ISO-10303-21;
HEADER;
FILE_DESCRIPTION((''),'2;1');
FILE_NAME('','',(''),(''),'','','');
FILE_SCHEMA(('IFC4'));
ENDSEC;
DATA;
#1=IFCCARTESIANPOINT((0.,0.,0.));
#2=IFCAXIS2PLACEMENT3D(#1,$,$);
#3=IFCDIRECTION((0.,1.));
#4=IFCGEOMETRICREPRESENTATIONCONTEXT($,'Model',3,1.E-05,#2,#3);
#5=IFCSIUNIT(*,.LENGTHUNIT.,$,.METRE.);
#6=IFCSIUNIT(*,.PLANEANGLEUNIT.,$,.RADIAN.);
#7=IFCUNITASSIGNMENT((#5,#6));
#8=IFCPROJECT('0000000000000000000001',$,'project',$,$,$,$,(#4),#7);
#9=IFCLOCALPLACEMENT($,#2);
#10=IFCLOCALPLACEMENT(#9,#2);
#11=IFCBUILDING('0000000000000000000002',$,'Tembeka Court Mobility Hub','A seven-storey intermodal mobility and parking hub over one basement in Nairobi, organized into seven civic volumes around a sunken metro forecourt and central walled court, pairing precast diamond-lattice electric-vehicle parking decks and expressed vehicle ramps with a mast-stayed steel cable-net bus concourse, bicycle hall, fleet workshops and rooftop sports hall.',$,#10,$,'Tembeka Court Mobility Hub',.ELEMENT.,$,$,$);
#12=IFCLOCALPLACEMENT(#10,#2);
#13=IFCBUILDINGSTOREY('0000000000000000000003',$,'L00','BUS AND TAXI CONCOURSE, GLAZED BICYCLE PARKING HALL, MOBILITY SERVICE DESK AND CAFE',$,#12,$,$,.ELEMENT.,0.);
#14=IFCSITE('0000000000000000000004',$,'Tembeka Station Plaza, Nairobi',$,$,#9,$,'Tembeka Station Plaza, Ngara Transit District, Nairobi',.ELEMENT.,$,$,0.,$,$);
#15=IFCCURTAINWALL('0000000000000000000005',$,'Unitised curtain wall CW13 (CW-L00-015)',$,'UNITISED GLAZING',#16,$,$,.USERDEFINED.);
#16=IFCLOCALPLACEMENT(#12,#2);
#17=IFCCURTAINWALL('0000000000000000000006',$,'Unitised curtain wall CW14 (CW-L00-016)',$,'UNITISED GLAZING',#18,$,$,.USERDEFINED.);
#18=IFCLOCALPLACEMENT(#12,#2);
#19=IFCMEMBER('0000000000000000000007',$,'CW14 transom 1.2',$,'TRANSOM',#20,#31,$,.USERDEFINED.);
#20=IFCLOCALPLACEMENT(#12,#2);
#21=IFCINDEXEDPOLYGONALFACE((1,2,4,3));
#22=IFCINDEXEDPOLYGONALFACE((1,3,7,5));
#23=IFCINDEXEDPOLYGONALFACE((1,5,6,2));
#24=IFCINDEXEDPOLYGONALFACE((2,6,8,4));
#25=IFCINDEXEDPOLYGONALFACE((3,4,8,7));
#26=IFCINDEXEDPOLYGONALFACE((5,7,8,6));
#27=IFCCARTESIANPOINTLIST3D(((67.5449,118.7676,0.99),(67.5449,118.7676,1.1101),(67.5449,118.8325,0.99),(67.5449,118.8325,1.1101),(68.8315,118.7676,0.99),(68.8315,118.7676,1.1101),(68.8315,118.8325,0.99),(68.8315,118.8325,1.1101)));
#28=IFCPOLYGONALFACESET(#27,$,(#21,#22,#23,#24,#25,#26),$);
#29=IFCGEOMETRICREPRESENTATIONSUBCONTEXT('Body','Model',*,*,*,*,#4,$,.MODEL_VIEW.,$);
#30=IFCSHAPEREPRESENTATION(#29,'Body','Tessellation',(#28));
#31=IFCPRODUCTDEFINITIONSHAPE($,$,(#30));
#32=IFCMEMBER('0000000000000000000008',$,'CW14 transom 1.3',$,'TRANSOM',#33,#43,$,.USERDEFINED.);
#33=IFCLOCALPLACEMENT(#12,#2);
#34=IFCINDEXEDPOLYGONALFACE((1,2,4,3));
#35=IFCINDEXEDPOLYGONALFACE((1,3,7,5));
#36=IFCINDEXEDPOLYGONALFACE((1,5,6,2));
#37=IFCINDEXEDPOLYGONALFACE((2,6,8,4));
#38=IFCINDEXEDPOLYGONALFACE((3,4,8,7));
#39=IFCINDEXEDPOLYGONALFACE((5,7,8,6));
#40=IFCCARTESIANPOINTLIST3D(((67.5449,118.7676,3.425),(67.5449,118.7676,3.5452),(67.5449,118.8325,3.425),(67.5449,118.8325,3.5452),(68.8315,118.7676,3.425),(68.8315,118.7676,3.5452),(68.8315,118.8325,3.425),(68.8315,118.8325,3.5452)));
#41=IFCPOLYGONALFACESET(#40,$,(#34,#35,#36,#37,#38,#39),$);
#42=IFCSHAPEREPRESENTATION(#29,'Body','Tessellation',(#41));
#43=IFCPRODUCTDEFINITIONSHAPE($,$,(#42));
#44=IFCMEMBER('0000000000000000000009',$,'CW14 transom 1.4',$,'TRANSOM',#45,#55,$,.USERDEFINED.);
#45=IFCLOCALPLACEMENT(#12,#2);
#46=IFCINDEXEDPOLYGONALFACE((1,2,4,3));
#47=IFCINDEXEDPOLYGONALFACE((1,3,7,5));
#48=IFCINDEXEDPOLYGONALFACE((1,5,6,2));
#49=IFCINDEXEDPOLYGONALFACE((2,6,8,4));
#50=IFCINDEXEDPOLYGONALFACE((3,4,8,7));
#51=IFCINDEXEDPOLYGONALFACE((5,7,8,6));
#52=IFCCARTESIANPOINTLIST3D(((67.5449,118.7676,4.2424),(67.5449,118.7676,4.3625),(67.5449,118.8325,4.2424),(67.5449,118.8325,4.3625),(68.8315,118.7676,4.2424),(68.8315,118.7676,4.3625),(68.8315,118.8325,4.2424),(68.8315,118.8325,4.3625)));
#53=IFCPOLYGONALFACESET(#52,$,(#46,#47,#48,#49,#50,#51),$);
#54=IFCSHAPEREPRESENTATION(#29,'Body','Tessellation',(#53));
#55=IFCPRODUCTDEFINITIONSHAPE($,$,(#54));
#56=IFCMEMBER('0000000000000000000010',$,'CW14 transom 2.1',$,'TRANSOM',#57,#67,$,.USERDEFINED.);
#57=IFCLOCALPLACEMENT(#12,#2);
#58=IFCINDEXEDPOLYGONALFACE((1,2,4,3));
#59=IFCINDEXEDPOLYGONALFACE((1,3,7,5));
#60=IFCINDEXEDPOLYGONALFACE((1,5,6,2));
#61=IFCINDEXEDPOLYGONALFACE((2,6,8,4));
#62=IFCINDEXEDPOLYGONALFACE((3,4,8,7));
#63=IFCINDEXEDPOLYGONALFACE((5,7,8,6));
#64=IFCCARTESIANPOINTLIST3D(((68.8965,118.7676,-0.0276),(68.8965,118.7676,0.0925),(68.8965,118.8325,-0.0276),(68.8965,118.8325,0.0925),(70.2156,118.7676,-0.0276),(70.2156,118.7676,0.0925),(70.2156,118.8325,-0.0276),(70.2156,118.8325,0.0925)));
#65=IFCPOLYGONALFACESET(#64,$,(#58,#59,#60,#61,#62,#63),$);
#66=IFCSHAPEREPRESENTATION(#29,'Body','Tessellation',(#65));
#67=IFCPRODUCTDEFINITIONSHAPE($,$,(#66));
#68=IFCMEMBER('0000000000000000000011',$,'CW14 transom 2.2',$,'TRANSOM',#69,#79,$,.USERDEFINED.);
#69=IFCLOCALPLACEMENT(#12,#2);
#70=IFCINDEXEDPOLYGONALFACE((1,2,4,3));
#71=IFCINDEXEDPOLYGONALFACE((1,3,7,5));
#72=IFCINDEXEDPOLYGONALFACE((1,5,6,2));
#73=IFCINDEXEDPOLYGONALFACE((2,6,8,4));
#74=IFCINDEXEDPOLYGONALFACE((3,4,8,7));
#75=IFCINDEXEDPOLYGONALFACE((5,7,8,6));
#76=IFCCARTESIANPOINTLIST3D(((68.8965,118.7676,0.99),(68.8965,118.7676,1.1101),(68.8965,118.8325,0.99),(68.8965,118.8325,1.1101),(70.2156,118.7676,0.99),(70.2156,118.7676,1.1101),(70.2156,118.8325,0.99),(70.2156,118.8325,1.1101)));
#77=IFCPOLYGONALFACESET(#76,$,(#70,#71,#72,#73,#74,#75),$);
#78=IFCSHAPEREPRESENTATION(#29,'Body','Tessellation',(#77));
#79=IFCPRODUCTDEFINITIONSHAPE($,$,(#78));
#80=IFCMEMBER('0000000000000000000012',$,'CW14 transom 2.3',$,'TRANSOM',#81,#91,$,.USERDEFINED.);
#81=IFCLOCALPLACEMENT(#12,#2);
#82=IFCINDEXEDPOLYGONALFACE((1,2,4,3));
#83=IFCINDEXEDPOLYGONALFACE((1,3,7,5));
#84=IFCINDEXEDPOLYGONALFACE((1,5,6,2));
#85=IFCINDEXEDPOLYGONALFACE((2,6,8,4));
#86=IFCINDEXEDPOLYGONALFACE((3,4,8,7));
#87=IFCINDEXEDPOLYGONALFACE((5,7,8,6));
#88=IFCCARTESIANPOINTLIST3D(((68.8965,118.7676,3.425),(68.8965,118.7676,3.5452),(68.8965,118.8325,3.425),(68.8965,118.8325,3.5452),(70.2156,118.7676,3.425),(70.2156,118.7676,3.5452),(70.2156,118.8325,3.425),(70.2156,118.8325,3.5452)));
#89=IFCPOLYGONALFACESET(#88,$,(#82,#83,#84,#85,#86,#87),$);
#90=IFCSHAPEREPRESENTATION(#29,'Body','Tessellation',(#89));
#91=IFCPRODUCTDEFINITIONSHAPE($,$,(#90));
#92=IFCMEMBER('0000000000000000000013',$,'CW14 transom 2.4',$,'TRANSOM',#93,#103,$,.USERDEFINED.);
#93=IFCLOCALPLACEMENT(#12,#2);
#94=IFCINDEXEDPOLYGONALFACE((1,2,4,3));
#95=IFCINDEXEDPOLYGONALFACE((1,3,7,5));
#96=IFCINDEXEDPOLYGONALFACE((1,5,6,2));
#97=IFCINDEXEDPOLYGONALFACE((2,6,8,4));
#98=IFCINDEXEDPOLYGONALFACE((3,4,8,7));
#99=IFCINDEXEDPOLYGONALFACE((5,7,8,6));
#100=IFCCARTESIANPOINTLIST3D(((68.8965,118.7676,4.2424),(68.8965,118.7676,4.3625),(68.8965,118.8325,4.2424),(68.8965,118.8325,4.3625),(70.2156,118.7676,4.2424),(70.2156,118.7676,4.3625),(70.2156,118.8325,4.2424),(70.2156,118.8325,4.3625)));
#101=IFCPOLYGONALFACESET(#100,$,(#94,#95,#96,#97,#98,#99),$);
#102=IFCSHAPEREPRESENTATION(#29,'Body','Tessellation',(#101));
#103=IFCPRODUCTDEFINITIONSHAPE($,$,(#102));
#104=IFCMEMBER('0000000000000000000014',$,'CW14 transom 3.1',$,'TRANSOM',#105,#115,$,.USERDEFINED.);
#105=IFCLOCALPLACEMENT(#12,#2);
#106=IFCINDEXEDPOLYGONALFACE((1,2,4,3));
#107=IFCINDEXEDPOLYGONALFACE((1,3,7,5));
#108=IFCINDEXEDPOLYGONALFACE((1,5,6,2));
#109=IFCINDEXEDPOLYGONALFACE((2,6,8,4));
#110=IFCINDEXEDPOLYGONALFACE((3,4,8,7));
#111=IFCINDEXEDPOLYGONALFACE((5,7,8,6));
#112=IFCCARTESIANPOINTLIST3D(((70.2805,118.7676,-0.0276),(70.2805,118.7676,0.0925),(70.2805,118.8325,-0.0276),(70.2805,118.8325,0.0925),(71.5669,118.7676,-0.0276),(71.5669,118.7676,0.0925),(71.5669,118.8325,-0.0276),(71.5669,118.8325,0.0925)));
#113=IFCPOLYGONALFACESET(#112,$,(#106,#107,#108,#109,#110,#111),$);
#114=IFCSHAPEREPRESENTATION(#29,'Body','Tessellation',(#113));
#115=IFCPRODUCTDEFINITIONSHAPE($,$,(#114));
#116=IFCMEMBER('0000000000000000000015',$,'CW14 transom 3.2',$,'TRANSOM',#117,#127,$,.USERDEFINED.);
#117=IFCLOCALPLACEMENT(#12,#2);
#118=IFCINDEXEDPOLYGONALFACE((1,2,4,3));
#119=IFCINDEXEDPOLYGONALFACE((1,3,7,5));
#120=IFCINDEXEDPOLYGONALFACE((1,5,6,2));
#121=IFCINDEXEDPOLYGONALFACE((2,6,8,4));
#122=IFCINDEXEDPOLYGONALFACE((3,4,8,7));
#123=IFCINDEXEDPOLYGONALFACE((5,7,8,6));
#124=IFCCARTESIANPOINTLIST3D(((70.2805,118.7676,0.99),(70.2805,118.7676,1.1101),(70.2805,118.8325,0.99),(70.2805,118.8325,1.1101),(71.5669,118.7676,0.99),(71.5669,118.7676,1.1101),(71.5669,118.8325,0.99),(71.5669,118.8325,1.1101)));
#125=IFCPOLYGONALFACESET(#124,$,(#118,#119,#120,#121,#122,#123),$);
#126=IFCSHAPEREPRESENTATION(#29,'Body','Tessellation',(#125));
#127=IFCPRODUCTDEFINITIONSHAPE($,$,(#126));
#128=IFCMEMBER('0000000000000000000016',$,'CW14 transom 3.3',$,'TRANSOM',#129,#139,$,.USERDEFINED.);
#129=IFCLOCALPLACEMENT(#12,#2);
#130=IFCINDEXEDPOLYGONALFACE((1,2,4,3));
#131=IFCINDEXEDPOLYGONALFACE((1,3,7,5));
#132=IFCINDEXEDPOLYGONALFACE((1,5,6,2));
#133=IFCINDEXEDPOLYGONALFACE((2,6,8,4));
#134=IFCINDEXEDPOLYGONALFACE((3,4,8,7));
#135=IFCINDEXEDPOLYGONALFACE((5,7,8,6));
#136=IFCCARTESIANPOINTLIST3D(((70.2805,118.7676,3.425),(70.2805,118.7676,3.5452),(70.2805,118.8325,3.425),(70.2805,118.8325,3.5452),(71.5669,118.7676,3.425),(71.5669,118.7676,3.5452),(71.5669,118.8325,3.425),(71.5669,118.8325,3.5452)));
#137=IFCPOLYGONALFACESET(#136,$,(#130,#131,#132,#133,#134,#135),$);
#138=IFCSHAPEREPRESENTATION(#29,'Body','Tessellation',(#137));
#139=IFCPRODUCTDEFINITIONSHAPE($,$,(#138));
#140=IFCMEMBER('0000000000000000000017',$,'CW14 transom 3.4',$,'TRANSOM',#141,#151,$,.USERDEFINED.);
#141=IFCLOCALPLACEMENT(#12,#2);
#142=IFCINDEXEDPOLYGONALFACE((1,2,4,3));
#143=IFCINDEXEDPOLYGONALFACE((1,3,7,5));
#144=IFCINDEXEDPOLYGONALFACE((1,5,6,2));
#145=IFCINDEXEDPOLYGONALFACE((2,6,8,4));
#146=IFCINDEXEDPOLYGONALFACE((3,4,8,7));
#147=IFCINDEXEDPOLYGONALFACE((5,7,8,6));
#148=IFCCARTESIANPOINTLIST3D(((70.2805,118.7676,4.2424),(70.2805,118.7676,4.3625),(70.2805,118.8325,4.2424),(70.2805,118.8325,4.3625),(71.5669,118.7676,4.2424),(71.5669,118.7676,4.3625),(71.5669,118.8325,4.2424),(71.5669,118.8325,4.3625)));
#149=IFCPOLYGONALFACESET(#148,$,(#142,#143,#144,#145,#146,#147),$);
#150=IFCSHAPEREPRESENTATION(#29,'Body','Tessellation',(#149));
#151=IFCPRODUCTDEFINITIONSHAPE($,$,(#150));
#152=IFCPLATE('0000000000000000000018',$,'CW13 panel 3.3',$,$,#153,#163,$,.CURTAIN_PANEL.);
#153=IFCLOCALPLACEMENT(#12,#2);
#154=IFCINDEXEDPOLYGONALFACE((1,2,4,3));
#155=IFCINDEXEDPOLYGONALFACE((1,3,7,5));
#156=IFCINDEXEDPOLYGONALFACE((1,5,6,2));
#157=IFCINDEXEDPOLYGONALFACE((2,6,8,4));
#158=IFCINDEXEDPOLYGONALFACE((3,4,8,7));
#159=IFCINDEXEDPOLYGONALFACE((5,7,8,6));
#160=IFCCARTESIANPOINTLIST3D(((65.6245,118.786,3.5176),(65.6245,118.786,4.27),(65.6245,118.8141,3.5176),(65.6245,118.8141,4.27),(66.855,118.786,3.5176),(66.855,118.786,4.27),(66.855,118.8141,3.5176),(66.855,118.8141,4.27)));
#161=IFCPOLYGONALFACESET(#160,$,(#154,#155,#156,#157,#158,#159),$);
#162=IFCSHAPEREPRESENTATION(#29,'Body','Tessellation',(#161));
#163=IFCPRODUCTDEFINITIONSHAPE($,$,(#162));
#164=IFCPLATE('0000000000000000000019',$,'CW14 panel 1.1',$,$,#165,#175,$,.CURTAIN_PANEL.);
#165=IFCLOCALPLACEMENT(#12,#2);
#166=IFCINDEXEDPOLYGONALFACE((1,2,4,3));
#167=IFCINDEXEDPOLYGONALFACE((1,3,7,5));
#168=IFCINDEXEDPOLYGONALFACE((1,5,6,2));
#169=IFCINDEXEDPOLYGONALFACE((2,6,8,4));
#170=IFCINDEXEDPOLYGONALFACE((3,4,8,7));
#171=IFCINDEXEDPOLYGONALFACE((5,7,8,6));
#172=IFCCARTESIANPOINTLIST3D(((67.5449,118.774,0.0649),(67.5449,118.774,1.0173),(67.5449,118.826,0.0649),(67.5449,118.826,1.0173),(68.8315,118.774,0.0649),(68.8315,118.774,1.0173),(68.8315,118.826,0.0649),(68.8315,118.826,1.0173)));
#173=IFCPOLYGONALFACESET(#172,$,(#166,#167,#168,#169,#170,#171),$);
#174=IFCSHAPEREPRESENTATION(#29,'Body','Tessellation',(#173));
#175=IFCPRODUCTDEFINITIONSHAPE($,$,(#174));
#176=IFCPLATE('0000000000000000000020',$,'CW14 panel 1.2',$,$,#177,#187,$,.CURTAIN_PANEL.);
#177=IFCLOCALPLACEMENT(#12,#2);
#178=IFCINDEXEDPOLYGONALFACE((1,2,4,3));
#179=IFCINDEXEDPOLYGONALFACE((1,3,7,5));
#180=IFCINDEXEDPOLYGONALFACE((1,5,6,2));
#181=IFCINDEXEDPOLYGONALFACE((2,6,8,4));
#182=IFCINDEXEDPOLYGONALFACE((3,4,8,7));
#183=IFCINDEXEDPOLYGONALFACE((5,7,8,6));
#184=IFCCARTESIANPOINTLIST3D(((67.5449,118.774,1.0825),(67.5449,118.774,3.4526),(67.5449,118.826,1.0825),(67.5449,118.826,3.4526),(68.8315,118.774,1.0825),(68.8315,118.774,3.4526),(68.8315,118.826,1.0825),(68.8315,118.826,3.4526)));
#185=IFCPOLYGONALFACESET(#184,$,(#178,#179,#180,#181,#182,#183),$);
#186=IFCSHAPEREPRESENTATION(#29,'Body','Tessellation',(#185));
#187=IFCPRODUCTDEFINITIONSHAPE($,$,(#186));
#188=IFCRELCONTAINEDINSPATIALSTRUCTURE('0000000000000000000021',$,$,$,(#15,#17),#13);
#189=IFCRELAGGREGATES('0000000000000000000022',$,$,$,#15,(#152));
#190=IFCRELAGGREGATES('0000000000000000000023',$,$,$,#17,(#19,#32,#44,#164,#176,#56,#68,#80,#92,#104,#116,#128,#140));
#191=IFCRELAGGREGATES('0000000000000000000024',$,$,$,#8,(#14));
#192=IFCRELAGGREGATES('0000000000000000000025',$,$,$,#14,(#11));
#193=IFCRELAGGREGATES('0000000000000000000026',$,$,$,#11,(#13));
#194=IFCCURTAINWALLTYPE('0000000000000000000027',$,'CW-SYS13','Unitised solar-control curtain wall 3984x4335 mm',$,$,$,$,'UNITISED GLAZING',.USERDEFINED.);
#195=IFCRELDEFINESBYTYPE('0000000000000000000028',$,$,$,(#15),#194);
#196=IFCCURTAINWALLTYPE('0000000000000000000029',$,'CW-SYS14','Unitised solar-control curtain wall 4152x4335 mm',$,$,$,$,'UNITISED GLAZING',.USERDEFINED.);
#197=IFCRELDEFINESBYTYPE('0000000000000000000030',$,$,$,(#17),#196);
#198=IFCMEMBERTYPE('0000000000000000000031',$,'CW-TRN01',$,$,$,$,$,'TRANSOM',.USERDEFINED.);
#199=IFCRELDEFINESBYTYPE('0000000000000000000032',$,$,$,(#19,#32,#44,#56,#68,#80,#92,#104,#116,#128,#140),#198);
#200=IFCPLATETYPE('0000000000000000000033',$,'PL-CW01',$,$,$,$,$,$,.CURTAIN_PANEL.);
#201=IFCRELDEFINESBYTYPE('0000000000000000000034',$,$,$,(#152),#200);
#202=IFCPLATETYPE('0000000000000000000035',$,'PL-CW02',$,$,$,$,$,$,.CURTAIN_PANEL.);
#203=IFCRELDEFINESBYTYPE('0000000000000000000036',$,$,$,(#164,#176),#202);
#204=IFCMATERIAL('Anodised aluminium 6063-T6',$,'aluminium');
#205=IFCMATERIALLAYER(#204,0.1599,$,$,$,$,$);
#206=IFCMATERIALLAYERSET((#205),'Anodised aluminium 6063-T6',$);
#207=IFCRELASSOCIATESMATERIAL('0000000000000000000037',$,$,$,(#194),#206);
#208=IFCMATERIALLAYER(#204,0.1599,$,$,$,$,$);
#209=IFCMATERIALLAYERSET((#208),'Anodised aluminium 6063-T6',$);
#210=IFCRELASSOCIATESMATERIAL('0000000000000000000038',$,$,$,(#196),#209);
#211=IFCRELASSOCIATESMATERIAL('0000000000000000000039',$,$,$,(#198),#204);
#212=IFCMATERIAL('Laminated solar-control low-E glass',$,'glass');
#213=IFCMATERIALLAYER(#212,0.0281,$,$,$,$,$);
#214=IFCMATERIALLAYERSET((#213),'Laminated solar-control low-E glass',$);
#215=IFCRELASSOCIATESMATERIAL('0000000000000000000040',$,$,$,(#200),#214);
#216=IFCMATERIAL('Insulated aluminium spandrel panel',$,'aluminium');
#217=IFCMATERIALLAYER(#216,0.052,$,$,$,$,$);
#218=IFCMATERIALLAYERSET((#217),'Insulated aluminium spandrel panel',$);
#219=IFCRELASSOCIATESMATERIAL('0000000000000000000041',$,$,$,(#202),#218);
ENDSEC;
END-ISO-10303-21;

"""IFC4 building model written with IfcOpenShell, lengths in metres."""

from ifc_helpers import new_model, si_unit, direction, frame, origin, origin_2d, place, context, subcontext, project, spatial, rectangle, extrude, material, layer, layer_set, material_profile, profile_set, type_object, element, aggregate, save


model = new_model("IFC4")

# Units and contexts
model_context = context("Model", 3, precision=1e-05, world=origin(), true_north=direction((0.0, 1.0)))
body_context = subcontext(model_context, "Body", "Model", "MODEL_VIEW")
ifc_project = project(units=[si_unit("LENGTHUNIT", "METRE"), si_unit("PLANEANGLEUNIT", "RADIAN")], contexts=[model_context])

# Site, building, storey
site_placement = place(None, origin())
site = spatial("IfcSite", under=ifc_project, at=site_placement, Name="Tembeka Station Plaza, Nairobi", LongName="Tembeka Station Plaza, Ngara Transit District, Nairobi", CompositionType="ELEMENT", RefElevation=0.0)
building_placement = place(site_placement, origin())
building = spatial("IfcBuilding", under=site, at=building_placement, Name="Tembeka Court Mobility Hub", Description="A seven-storey intermodal mobility and parking hub over one basement in Nairobi, organized into seven civic volumes around a sunken metro forecourt and central walled court, pairing precast diamond-lattice electric-vehicle parking decks and expressed vehicle ramps with a mast-stayed steel cable-net bus concourse, bicycle hall, fleet workshops and rooftop sports hall.", LongName="Tembeka Court Mobility Hub", CompositionType="ELEMENT")
storey_placement = place(building_placement, origin())
storey = spatial("IfcBuildingStorey", under=building, at=storey_placement, Name="L00", Description="BUS AND TAXI CONCOURSE, GLAZED BICYCLE PARKING HALL, MOBILITY SERVICE DESK AND CAFE", CompositionType="ELEMENT", Elevation=0.0)

# Curtain wall
ifc_material_1 = material(Name="Anodised aluminium 6063-T6", Category="aluminium")
ifc_layer_1 = layer(ifc_material_1, 0.1599)
ifc_layer_set_1 = layer_set([ifc_layer_1], Name="Anodised aluminium 6063-T6")
curtain_wall_type_1 = type_object("IfcCurtainWallType", Name="CW-SYS13", Description="Unitised solar-control curtain wall 3984x4335 mm", ElementType="UNITISED GLAZING", PredefinedType="USERDEFINED", material=ifc_layer_set_1)
curtain_wall_1_placement = place(storey_placement, origin())
curtain_wall_1 = element("IfcCurtainWall", 1, at=curtain_wall_1_placement, inside=storey, type_object=curtain_wall_type_1, Name="Unitised curtain wall CW13 (CW-L00-015)", ObjectType="UNITISED GLAZING", PredefinedType="USERDEFINED")

# Curtain wall
ifc_layer_2 = layer(ifc_material_1, 0.1599)
ifc_layer_set_2 = layer_set([ifc_layer_2], Name="Anodised aluminium 6063-T6")
curtain_wall_type_2 = type_object("IfcCurtainWallType", Name="CW-SYS14", Description="Unitised solar-control curtain wall 4152x4335 mm", ElementType="UNITISED GLAZING", PredefinedType="USERDEFINED", material=ifc_layer_set_2)
curtain_wall_2_placement = place(storey_placement, origin())
curtain_wall_2 = element("IfcCurtainWall", 2, at=curtain_wall_2_placement, inside=storey, type_object=curtain_wall_type_2, Name="Unitised curtain wall CW14 (CW-L00-016)", ObjectType="UNITISED GLAZING", PredefinedType="USERDEFINED")

# Members
ifc_material_profile_1 = material_profile(ifc_material_1, rectangle(XDim=0.0649, YDim=0.1201, at=origin_2d()), Name="ALU-TRN 65x120")
ifc_profile_set_1 = profile_set([ifc_material_profile_1], Name="Anodised aluminium 6063-T6")
member_type_1 = type_object("IfcMemberType", Name="CW-TRN01", ElementType="TRANSOM", PredefinedType="USERDEFINED", material=ifc_profile_set_1)
member_1_placement = place(storey_placement, frame((67.5449, 118.8, 1.05), z_axis=(1.0, 0.0, 0.0), x_axis=(0.0, 1.0, 0.0)))
member_1 = element("IfcMember", 3, at=member_1_placement, type_object=member_type_1, Name="CW14 transom 1.2", ObjectType="TRANSOM", PredefinedType="USERDEFINED", context=body_context, shape_type="SweptSolid", body=[
    extrude(rectangle(XDim=0.0649, YDim=0.1201, at=origin_2d()), origin(), (0.0, 0.0, 1.0), 1.2866),
])
member_2_placement = place(storey_placement, frame((67.5449, 118.8, 3.4851), z_axis=(1.0, 0.0, 0.0), x_axis=(0.0, 1.0, 0.0)))
member_2 = element("IfcMember", 4, at=member_2_placement, type_object=member_type_1, Name="CW14 transom 1.3", ObjectType="TRANSOM", PredefinedType="USERDEFINED", context=body_context, shape_type="SweptSolid", body=[
    extrude(rectangle(XDim=0.0649, YDim=0.1201, at=origin_2d()), origin(), (0.0, 0.0, 1.0), 1.2866),
])
member_3_placement = place(storey_placement, frame((67.5449, 118.8, 4.3025), z_axis=(1.0, 0.0, 0.0), x_axis=(0.0, 1.0, 0.0)))
member_3 = element("IfcMember", 5, at=member_3_placement, type_object=member_type_1, Name="CW14 transom 1.4", ObjectType="TRANSOM", PredefinedType="USERDEFINED", context=body_context, shape_type="SweptSolid", body=[
    extrude(rectangle(XDim=0.0649, YDim=0.1201, at=origin_2d()), origin(), (0.0, 0.0, 1.0), 1.2866),
])
member_4_placement = place(storey_placement, frame((68.8965, 118.8, 0.0325), z_axis=(1.0, 0.0, 0.0), x_axis=(0.0, 1.0, 0.0)))
member_4 = element("IfcMember", 6, at=member_4_placement, type_object=member_type_1, Name="CW14 transom 2.1", ObjectType="TRANSOM", PredefinedType="USERDEFINED", context=body_context, shape_type="SweptSolid", body=[
    extrude(rectangle(XDim=0.0649, YDim=0.1201, at=origin_2d()), origin(), (0.0, 0.0, 1.0), 1.3191),
])
member_5_placement = place(storey_placement, frame((68.8965, 118.8, 1.05), z_axis=(1.0, 0.0, 0.0), x_axis=(0.0, 1.0, 0.0)))
member_5 = element("IfcMember", 7, at=member_5_placement, type_object=member_type_1, Name="CW14 transom 2.2", ObjectType="TRANSOM", PredefinedType="USERDEFINED", context=body_context, shape_type="SweptSolid", body=[
    extrude(rectangle(XDim=0.0649, YDim=0.1201, at=origin_2d()), origin(), (0.0, 0.0, 1.0), 1.3191),
])
member_6_placement = place(storey_placement, frame((68.8965, 118.8, 3.4851), z_axis=(1.0, 0.0, 0.0), x_axis=(0.0, 1.0, 0.0)))
member_6 = element("IfcMember", 8, at=member_6_placement, type_object=member_type_1, Name="CW14 transom 2.3", ObjectType="TRANSOM", PredefinedType="USERDEFINED", context=body_context, shape_type="SweptSolid", body=[
    extrude(rectangle(XDim=0.0649, YDim=0.1201, at=origin_2d()), origin(), (0.0, 0.0, 1.0), 1.3191),
])
member_7_placement = place(storey_placement, frame((68.8965, 118.8, 4.3025), z_axis=(1.0, 0.0, 0.0), x_axis=(0.0, 1.0, 0.0)))
member_7 = element("IfcMember", 9, at=member_7_placement, type_object=member_type_1, Name="CW14 transom 2.4", ObjectType="TRANSOM", PredefinedType="USERDEFINED", context=body_context, shape_type="SweptSolid", body=[
    extrude(rectangle(XDim=0.0649, YDim=0.1201, at=origin_2d()), origin(), (0.0, 0.0, 1.0), 1.3191),
])
member_8_placement = place(storey_placement, frame((70.2805, 118.8, 0.0325), z_axis=(1.0, 0.0, 0.0), x_axis=(0.0, 1.0, 0.0)))
member_8 = element("IfcMember", 10, at=member_8_placement, type_object=member_type_1, Name="CW14 transom 3.1", ObjectType="TRANSOM", PredefinedType="USERDEFINED", context=body_context, shape_type="SweptSolid", body=[
    extrude(rectangle(XDim=0.0649, YDim=0.1201, at=origin_2d()), origin(), (0.0, 0.0, 1.0), 1.2864),
])
member_9_placement = place(storey_placement, frame((70.2805, 118.8, 1.05), z_axis=(1.0, 0.0, 0.0), x_axis=(0.0, 1.0, 0.0)))
member_9 = element("IfcMember", 11, at=member_9_placement, type_object=member_type_1, Name="CW14 transom 3.2", ObjectType="TRANSOM", PredefinedType="USERDEFINED", context=body_context, shape_type="SweptSolid", body=[
    extrude(rectangle(XDim=0.0649, YDim=0.1201, at=origin_2d()), origin(), (0.0, 0.0, 1.0), 1.2864),
])
member_10_placement = place(storey_placement, frame((70.2805, 118.8, 3.4851), z_axis=(1.0, 0.0, 0.0), x_axis=(0.0, 1.0, 0.0)))
member_10 = element("IfcMember", 12, at=member_10_placement, type_object=member_type_1, Name="CW14 transom 3.3", ObjectType="TRANSOM", PredefinedType="USERDEFINED", context=body_context, shape_type="SweptSolid", body=[
    extrude(rectangle(XDim=0.0649, YDim=0.1201, at=origin_2d()), origin(), (0.0, 0.0, 1.0), 1.2864),
])
member_11_placement = place(storey_placement, frame((70.2805, 118.8, 4.3025), z_axis=(1.0, 0.0, 0.0), x_axis=(0.0, 1.0, 0.0)))
member_11 = element("IfcMember", 13, at=member_11_placement, type_object=member_type_1, Name="CW14 transom 3.4", ObjectType="TRANSOM", PredefinedType="USERDEFINED", context=body_context, shape_type="SweptSolid", body=[
    extrude(rectangle(XDim=0.0649, YDim=0.1201, at=origin_2d()), origin(), (0.0, 0.0, 1.0), 1.2864),
])

# Plates
ifc_material_2 = material(Name="Laminated solar-control low-E glass", Category="glass")
ifc_layer_3 = layer(ifc_material_2, 0.0281)
ifc_layer_set_3 = layer_set([ifc_layer_3], Name="Laminated solar-control low-E glass")
plate_type_1 = type_object("IfcPlateType", Name="PL-CW01", PredefinedType="CURTAIN_PANEL", material=ifc_layer_set_3)
plate_1_placement = place(storey_placement, frame((66.2397, 118.8, 3.5176), z_axis=(0.0, 0.0, 1.0), x_axis=(1.0, 0.0, 0.0)))
plate_1 = element("IfcPlate", 14, at=plate_1_placement, type_object=plate_type_1, Name="CW13 panel 3.3", PredefinedType="CURTAIN_PANEL", context=body_context, shape_type="SweptSolid", body=[
    extrude(rectangle(XDim=1.2305, YDim=0.0281, at=origin_2d()), origin(), (0.0, 0.0, 1.0), 0.7524),
])
aggregate(curtain_wall_1, [plate_1])
ifc_material_3 = material(Name="Insulated aluminium spandrel panel", Category="aluminium")
ifc_layer_4 = layer(ifc_material_3, 0.052)
ifc_layer_set_4 = layer_set([ifc_layer_4], Name="Insulated aluminium spandrel panel")
plate_type_2 = type_object("IfcPlateType", Name="PL-CW02", PredefinedType="CURTAIN_PANEL", material=ifc_layer_set_4)
plate_2_placement = place(storey_placement, frame((68.1882, 118.8, 0.0649), z_axis=(0.0, 0.0, 1.0), x_axis=(1.0, 0.0, 0.0)))
plate_2 = element("IfcPlate", 15, at=plate_2_placement, type_object=plate_type_2, Name="CW14 panel 1.1", PredefinedType="CURTAIN_PANEL", context=body_context, shape_type="SweptSolid", body=[
    extrude(rectangle(XDim=1.2866, YDim=0.052, at=origin_2d()), origin(), (0.0, 0.0, 1.0), 0.9524),
])
plate_3_placement = place(storey_placement, frame((68.1882, 118.8, 1.0825), z_axis=(0.0, 0.0, 1.0), x_axis=(1.0, 0.0, 0.0)))
plate_3 = element("IfcPlate", 16, at=plate_3_placement, type_object=plate_type_2, Name="CW14 panel 1.2", PredefinedType="CURTAIN_PANEL", context=body_context, shape_type="SweptSolid", body=[
    extrude(rectangle(XDim=1.2866, YDim=0.052, at=origin_2d()), origin(), (0.0, 0.0, 1.0), 2.3701),
])
aggregate(curtain_wall_2, [member_1, member_2, member_3, plate_2, plate_3, member_4, member_5, member_6, member_7, member_8, member_9, member_10, member_11])

save(model, "model.ifc")
